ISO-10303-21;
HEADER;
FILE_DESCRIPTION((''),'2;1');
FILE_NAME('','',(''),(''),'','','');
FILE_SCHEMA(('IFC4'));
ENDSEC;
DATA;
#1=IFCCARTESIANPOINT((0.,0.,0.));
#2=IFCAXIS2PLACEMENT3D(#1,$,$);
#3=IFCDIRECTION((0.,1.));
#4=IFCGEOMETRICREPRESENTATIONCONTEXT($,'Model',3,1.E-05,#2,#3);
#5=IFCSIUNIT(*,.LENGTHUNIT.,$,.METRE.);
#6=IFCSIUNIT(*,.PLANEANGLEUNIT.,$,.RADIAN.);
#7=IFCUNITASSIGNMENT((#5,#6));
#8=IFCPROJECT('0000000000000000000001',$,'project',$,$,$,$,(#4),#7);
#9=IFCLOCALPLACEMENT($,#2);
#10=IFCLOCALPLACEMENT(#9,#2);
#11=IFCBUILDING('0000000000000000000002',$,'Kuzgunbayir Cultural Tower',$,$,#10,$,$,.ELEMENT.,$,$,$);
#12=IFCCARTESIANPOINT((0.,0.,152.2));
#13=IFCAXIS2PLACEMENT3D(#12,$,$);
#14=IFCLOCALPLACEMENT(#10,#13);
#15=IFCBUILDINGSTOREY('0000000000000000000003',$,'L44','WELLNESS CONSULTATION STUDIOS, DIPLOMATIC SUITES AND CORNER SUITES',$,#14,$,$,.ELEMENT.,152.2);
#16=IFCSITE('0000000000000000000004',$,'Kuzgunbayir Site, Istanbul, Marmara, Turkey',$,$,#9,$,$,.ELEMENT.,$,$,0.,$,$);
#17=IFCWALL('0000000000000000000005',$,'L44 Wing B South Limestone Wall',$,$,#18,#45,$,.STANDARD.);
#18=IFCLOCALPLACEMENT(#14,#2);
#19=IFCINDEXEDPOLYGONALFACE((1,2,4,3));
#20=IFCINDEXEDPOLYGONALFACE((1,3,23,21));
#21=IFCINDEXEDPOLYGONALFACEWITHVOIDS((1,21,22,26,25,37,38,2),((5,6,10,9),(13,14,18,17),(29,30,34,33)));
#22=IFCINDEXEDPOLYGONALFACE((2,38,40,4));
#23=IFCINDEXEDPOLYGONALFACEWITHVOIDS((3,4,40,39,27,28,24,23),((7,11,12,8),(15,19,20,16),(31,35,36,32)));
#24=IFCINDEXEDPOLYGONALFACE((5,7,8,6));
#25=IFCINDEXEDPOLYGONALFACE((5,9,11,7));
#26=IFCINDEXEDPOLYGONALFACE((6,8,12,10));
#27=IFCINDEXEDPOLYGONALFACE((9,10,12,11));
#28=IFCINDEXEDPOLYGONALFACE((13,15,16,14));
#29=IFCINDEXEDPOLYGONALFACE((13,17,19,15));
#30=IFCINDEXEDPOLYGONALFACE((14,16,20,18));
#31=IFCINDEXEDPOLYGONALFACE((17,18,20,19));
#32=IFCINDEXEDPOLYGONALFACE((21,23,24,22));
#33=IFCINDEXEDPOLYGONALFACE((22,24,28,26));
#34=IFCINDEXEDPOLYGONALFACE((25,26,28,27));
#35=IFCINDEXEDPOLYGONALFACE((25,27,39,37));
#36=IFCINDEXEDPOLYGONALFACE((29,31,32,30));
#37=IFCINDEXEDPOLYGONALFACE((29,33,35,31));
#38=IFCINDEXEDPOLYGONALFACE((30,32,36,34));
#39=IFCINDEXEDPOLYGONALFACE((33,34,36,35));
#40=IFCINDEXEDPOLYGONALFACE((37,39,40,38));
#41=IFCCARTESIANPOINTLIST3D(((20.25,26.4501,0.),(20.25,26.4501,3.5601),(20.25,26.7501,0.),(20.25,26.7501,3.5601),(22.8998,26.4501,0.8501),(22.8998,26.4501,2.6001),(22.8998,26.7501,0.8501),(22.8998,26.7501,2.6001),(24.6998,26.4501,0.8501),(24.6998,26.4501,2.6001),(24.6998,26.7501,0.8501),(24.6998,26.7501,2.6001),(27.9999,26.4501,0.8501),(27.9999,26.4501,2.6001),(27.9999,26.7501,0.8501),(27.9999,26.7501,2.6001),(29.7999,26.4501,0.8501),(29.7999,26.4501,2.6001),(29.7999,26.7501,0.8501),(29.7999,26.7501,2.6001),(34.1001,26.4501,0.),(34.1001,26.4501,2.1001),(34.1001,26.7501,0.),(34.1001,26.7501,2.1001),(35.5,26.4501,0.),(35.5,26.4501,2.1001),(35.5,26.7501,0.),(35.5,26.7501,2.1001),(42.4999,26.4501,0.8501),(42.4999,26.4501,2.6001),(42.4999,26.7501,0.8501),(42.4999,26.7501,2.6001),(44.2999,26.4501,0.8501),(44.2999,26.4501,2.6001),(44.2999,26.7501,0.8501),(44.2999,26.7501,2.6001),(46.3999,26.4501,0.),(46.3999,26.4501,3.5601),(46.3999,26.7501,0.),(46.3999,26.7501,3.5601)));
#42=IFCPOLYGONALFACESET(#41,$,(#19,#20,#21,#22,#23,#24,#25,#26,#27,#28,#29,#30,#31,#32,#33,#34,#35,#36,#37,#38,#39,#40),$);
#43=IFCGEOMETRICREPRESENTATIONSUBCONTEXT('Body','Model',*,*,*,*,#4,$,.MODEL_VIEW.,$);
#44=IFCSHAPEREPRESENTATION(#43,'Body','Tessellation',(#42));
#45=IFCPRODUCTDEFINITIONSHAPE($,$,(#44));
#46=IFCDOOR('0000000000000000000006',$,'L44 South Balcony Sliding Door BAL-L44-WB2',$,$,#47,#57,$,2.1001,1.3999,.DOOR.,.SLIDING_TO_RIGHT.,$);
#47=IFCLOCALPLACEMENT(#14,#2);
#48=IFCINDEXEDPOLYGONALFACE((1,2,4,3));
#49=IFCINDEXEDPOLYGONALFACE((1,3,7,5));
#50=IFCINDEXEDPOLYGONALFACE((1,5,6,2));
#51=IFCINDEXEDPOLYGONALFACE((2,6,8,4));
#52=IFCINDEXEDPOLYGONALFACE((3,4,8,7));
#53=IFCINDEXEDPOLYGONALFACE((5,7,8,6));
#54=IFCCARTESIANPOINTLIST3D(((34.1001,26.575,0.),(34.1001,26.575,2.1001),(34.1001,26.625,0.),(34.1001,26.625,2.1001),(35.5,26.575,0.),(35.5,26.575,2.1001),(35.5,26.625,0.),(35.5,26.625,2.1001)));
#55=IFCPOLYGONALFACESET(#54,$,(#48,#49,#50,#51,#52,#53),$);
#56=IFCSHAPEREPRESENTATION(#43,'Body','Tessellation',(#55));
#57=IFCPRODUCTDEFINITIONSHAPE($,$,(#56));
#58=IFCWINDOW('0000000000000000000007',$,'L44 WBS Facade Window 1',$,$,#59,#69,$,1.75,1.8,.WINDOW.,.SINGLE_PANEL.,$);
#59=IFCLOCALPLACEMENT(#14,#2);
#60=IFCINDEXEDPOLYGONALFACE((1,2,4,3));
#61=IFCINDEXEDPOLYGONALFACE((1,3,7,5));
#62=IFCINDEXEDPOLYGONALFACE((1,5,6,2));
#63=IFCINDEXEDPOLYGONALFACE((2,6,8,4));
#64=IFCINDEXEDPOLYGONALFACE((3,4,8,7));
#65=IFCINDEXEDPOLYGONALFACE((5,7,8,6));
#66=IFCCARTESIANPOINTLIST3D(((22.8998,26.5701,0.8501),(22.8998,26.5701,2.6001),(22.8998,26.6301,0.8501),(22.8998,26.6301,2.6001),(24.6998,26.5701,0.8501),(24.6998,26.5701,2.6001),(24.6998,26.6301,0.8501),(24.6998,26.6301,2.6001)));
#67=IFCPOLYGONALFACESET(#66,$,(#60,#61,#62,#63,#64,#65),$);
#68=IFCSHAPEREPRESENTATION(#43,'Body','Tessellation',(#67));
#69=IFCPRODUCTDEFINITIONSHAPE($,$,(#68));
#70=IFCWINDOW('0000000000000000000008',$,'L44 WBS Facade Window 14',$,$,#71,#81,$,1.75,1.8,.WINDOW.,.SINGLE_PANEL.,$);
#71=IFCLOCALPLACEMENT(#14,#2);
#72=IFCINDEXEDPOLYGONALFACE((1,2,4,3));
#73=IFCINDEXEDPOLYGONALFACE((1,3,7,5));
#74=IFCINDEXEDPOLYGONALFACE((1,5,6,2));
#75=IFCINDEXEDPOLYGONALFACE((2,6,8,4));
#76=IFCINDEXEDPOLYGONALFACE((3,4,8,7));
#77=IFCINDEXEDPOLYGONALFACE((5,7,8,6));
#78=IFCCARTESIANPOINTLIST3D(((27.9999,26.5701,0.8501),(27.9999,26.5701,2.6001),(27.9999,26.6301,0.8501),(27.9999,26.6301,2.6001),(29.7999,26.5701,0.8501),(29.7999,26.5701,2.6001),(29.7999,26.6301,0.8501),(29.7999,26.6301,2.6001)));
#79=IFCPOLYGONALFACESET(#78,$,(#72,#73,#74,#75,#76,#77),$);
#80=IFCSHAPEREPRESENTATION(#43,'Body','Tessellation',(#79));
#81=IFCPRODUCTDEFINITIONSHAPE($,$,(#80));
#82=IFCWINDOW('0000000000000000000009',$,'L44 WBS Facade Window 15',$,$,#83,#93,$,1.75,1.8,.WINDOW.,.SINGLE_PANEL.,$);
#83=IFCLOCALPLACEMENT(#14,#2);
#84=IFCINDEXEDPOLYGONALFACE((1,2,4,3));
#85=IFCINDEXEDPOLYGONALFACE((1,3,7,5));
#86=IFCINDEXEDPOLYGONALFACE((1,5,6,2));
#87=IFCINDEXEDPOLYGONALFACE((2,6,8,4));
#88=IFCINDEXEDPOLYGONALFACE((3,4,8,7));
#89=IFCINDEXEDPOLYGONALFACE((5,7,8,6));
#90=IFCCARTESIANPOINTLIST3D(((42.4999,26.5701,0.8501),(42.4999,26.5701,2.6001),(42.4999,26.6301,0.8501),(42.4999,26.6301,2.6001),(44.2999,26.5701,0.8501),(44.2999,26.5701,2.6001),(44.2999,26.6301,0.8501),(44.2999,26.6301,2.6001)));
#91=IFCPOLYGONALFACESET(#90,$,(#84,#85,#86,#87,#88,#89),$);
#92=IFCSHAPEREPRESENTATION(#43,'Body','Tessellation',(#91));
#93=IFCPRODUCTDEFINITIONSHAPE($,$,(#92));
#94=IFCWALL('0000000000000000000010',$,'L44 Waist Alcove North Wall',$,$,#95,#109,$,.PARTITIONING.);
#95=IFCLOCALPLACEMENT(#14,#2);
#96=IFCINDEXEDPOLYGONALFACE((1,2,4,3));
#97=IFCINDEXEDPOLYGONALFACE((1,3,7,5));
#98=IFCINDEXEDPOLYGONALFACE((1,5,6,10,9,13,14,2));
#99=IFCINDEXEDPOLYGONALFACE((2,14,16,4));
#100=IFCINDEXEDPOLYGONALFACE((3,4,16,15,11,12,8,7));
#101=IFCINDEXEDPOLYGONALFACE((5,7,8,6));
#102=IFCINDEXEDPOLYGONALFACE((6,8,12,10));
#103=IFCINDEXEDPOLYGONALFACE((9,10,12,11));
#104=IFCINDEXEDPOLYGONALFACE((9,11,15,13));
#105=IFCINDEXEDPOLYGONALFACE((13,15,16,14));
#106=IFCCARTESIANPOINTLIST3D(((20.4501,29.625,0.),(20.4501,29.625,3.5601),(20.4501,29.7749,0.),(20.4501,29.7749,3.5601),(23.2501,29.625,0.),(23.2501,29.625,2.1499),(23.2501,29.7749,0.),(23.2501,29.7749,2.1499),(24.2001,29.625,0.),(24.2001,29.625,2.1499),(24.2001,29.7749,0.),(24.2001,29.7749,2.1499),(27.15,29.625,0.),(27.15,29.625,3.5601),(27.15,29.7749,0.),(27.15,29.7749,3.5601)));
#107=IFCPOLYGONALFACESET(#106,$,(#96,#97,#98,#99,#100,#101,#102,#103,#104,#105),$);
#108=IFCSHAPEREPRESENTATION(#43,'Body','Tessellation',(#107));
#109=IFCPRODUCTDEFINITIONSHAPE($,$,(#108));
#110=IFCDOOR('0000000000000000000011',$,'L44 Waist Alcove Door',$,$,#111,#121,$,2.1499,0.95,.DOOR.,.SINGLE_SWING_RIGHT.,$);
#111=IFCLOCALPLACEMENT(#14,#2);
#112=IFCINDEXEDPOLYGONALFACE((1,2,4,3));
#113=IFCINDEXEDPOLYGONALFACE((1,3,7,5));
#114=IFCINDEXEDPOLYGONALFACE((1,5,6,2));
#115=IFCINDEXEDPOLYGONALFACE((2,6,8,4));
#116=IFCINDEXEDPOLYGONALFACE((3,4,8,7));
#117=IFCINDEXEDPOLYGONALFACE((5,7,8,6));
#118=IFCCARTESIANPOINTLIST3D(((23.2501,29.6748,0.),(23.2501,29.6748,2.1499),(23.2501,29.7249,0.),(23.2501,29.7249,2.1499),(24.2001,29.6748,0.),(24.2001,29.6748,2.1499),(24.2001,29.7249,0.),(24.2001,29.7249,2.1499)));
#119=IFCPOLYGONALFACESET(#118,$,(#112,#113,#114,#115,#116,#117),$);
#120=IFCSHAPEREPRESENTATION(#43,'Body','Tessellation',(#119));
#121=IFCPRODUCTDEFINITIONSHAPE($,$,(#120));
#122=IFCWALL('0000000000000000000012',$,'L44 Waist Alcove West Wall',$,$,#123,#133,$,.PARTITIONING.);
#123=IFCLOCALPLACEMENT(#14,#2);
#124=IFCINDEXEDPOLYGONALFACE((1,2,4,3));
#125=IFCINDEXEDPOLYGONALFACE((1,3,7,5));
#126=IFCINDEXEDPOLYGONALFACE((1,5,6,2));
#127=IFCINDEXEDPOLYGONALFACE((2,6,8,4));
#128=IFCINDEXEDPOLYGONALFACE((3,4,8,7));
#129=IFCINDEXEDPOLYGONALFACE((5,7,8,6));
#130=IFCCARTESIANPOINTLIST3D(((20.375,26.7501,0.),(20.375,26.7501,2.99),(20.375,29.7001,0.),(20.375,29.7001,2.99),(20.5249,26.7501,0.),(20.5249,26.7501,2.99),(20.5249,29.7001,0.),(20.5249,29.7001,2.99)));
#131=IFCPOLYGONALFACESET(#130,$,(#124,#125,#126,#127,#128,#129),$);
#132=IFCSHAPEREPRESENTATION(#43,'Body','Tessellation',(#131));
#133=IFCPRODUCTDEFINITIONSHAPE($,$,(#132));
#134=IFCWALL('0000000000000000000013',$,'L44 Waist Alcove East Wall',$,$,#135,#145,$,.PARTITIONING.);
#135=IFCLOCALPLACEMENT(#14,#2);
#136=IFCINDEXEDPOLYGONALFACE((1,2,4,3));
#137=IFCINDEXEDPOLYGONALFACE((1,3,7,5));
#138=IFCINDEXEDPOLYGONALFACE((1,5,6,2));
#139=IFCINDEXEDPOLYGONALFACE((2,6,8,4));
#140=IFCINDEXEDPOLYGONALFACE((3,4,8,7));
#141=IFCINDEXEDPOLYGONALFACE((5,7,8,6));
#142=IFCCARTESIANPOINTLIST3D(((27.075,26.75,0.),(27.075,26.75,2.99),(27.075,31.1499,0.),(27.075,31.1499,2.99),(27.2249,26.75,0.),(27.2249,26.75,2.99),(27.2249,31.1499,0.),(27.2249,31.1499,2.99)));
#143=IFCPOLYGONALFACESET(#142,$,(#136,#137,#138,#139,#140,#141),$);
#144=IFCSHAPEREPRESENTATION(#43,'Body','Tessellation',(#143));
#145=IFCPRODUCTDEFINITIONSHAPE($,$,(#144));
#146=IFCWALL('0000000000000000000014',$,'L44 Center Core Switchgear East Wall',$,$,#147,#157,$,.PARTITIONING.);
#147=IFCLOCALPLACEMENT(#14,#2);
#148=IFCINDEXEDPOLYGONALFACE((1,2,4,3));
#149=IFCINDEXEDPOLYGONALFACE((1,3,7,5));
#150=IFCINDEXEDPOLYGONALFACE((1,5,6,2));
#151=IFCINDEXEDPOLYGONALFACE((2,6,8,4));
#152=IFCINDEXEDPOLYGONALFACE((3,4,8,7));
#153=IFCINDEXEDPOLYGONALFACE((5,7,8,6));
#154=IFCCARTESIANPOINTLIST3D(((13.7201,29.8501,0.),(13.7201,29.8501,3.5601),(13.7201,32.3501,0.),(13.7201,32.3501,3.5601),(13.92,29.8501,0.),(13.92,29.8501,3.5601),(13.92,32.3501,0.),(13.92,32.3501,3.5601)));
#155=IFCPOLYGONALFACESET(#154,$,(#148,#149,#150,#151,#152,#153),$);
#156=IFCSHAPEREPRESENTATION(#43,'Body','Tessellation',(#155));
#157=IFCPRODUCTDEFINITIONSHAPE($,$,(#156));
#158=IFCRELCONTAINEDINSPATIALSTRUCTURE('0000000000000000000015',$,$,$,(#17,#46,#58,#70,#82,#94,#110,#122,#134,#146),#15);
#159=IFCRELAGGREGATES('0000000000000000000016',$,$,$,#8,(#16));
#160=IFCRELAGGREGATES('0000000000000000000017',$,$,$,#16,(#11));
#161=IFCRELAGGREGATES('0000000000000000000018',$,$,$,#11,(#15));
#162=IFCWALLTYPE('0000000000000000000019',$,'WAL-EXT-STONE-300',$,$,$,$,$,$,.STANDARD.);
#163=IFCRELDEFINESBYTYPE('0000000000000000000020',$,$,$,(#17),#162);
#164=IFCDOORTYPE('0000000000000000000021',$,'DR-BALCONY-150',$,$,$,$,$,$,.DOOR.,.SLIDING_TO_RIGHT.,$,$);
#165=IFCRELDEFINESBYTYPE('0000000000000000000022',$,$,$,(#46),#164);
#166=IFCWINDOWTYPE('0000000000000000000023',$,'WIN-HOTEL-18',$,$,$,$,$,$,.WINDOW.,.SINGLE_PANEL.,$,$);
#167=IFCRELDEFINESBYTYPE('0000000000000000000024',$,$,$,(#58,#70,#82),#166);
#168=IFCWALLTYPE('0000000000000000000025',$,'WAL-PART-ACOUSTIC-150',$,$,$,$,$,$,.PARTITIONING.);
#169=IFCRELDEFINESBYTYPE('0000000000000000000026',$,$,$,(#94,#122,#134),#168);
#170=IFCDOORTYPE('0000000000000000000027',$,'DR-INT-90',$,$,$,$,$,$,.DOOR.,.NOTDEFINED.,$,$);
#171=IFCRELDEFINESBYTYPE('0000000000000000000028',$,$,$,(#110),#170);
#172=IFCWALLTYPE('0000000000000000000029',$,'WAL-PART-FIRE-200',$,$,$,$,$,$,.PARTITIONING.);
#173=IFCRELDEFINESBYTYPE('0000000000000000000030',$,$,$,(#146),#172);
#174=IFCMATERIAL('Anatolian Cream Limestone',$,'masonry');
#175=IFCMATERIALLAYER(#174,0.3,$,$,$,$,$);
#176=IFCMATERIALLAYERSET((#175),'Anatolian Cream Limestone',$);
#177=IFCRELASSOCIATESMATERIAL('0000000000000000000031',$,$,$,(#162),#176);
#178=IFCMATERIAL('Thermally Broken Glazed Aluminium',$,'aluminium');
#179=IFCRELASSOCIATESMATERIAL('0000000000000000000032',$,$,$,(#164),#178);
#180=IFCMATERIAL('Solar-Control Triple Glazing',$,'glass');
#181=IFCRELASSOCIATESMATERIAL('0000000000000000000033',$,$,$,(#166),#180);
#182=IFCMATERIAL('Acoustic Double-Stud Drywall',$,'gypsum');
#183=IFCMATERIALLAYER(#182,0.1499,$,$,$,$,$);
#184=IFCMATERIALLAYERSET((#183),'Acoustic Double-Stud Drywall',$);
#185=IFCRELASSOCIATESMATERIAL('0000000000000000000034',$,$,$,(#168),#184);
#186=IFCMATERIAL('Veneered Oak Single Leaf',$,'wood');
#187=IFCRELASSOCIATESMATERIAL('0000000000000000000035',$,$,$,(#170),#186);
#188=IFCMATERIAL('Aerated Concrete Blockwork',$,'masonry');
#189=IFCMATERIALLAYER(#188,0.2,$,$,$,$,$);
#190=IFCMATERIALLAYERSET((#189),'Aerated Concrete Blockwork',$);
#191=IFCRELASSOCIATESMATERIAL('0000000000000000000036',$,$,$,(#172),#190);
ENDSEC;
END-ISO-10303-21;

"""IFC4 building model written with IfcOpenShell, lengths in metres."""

from ifc_helpers import new_model, si_unit, direction, frame, frame_2d, origin, place, context, subcontext, project, spatial, rectangle, extrude, material, layer, layer_set, type_object, element, fill, save


model = new_model("IFC4")

# Units and contexts
model_context = context("Model", 3, precision=1e-05, world=origin(), true_north=direction((0.0, 1.0)))
body_context = subcontext(model_context, "Body", "Model", "MODEL_VIEW")
ifc_project = project(units=[si_unit("LENGTHUNIT", "METRE"), si_unit("PLANEANGLEUNIT", "RADIAN")], contexts=[model_context])

# Site, building, storey
site_placement = place(None, origin())
site = spatial("IfcSite", under=ifc_project, at=site_placement, Name="Kuzgunbayir Site, Istanbul, Marmara, Turkey", CompositionType="ELEMENT", RefElevation=0.0)
building_placement = place(site_placement, origin())
building = spatial("IfcBuilding", under=site, at=building_placement, Name="Kuzgunbayir Cultural Tower", CompositionType="ELEMENT")
storey_placement = place(building_placement, frame((0.0, 0.0, 152.2)))
storey = spatial("IfcBuildingStorey", under=building, at=storey_placement, Name="L44", Description="WELLNESS CONSULTATION STUDIOS, DIPLOMATIC SUITES AND CORNER SUITES", CompositionType="ELEMENT", Elevation=152.2)

# Wall, openings, door, windows
ifc_material_1 = material(Name="Anatolian Cream Limestone", Category="masonry")
ifc_layer_1 = layer(ifc_material_1, 0.3)
ifc_layer_set_1 = layer_set([ifc_layer_1], Name="Anatolian Cream Limestone")
wall_type_1 = type_object("IfcWallType", Name="WAL-EXT-STONE-300", PredefinedType="STANDARD", material=ifc_layer_set_1)
wall_1_placement = place(storey_placement, frame((20.25, 26.6001, 0.0), z_axis=(0.0, 0.0, 1.0), x_axis=(1.0, 0.0, 0.0)))
wall_1 = element("IfcWall", 1, at=wall_1_placement, inside=storey, type_object=wall_type_1, Name="L44 Wing B South Limestone Wall", PredefinedType="STANDARD", context=body_context, shape_type="SweptSolid", body=[
    extrude(rectangle(XDim=26.1499, YDim=0.3, at=frame_2d((13.075, 0.0))), origin(), (0.0, 0.0, 1.0), 3.5601),
])
opening_1_placement = place(wall_1_placement, frame((13.8501, 0.0, 0.0)))
opening_1 = element("IfcOpeningElement", 2, at=opening_1_placement, cuts=wall_1, PredefinedType="OPENING", context=body_context, shape_type="SweptSolid", body=[
    extrude(rectangle(XDim=1.3999, YDim=2.1001, at=frame_2d((0.7, 1.05))), frame((0.0, 0.1602, 0.0), z_axis=(0.0, -1.0, 0.0), x_axis=(1.0, 0.0, 0.0)), (0.0, 0.0, 1.0), 0.3201),
])
opening_2_placement = place(wall_1_placement, frame((2.6499, 0.0, 0.8501)))
opening_2 = element("IfcOpeningElement", 3, at=opening_2_placement, cuts=wall_1, PredefinedType="OPENING", context=body_context, shape_type="SweptSolid", body=[
    extrude(rectangle(XDim=1.8, YDim=1.75, at=frame_2d((0.8999, 0.875))), frame((0.0, 0.1602, 0.0), z_axis=(0.0, -1.0, 0.0), x_axis=(1.0, 0.0, 0.0)), (0.0, 0.0, 1.0), 0.3201),
])
opening_3_placement = place(wall_1_placement, frame((7.75, 0.0, 0.8501)))
opening_3 = element("IfcOpeningElement", 4, at=opening_3_placement, cuts=wall_1, PredefinedType="OPENING", context=body_context, shape_type="SweptSolid", body=[
    extrude(rectangle(XDim=1.8, YDim=1.75, at=frame_2d((0.8999, 0.875))), frame((0.0, 0.1602, 0.0), z_axis=(0.0, -1.0, 0.0), x_axis=(1.0, 0.0, 0.0)), (0.0, 0.0, 1.0), 0.3201),
])
opening_4_placement = place(wall_1_placement, frame((22.25, 0.0, 0.8501)))
opening_4 = element("IfcOpeningElement", 5, at=opening_4_placement, cuts=wall_1, PredefinedType="OPENING", context=body_context, shape_type="SweptSolid", body=[
    extrude(rectangle(XDim=1.8, YDim=1.75, at=frame_2d((0.8999, 0.875))), frame((0.0, 0.1602, 0.0), z_axis=(0.0, -1.0, 0.0), x_axis=(1.0, 0.0, 0.0)), (0.0, 0.0, 1.0), 0.3201),
])
ifc_material_2 = material(Name="Thermally Broken Glazed Aluminium", Category="aluminium")
door_type_1 = type_object("IfcDoorType", Name="DR-BALCONY-150", OperationType="SLIDING_TO_RIGHT", PredefinedType="DOOR", material=ifc_material_2)
door_1_placement = place(opening_1_placement, origin())
door_1 = element("IfcDoor", 6, at=door_1_placement, inside=storey, type_object=door_type_1, Name="L44 South Balcony Sliding Door BAL-L44-WB2", OperationType="SLIDING_TO_RIGHT", OverallHeight=2.1001, OverallWidth=1.3999, PredefinedType="DOOR", context=body_context, shape_type="SweptSolid", body=[
    extrude(rectangle(XDim=1.3999, YDim=2.1001, at=frame_2d((0.7, 1.05))), frame((0.0, 0.0249, 0.0), z_axis=(0.0, -1.0, 0.0), x_axis=(1.0, 0.0, 0.0)), (0.0, 0.0, 1.0), 0.05),
])
fill(opening_1, door_1)
ifc_material_3 = material(Name="Solar-Control Triple Glazing", Category="glass")
window_type = type_object("IfcWindowType", Name="WIN-HOTEL-18", PartitioningType="SINGLE_PANEL", PredefinedType="WINDOW", material=ifc_material_3)
window_1_placement = place(opening_2_placement, origin())
window_1 = element("IfcWindow", 7, at=window_1_placement, inside=storey, type_object=window_type, Name="L44 WBS Facade Window 1", OverallHeight=1.75, OverallWidth=1.8, PartitioningType="SINGLE_PANEL", PredefinedType="WINDOW", context=body_context, shape_type="SweptSolid", body=[
    extrude(rectangle(XDim=1.8, YDim=1.75, at=frame_2d((0.8999, 0.875))), frame((0.0, 0.03, 0.0), z_axis=(0.0, -1.0, 0.0), x_axis=(1.0, 0.0, 0.0)), (0.0, 0.0, 1.0), 0.0601),
])
fill(opening_2, window_1)
window_2_placement = place(opening_3_placement, origin())
window_2 = element("IfcWindow", 8, at=window_2_placement, inside=storey, type_object=window_type, Name="L44 WBS Facade Window 14", OverallHeight=1.75, OverallWidth=1.8, PartitioningType="SINGLE_PANEL", PredefinedType="WINDOW", context=body_context, shape_type="SweptSolid", body=[
    extrude(rectangle(XDim=1.8, YDim=1.75, at=frame_2d((0.8999, 0.875))), frame((0.0, 0.03, 0.0), z_axis=(0.0, -1.0, 0.0), x_axis=(1.0, 0.0, 0.0)), (0.0, 0.0, 1.0), 0.0601),
])
fill(opening_3, window_2)
window_3_placement = place(opening_4_placement, origin())
window_3 = element("IfcWindow", 9, at=window_3_placement, inside=storey, type_object=window_type, Name="L44 WBS Facade Window 15", OverallHeight=1.75, OverallWidth=1.8, PartitioningType="SINGLE_PANEL", PredefinedType="WINDOW", context=body_context, shape_type="SweptSolid", body=[
    extrude(rectangle(XDim=1.8, YDim=1.75, at=frame_2d((0.8999, 0.875))), frame((0.0, 0.03, 0.0), z_axis=(0.0, -1.0, 0.0), x_axis=(1.0, 0.0, 0.0)), (0.0, 0.0, 1.0), 0.0601),
])
fill(opening_4, window_3)

# Wall, opening, door
ifc_material_4 = material(Name="Acoustic Double-Stud Drywall", Category="gypsum")
ifc_layer_2 = layer(ifc_material_4, 0.1499)
ifc_layer_set_2 = layer_set([ifc_layer_2], Name="Acoustic Double-Stud Drywall")
wall_type_2 = type_object("IfcWallType", Name="WAL-PART-ACOUSTIC-150", PredefinedType="PARTITIONING", material=ifc_layer_set_2)
wall_2_placement = place(storey_placement, frame((20.45, 29.7, 0.0), z_axis=(0.0, 0.0, 1.0), x_axis=(1.0, 0.0, 0.0)))
wall_2 = element("IfcWall", 10, at=wall_2_placement, inside=storey, type_object=wall_type_2, Name="L44 Waist Alcove North Wall", PredefinedType="PARTITIONING", context=body_context, shape_type="SweptSolid", body=[
    extrude(rectangle(XDim=6.7, YDim=0.1499, at=frame_2d((3.3501, 0.0))), origin(), (0.0, 0.0, 1.0), 3.5601),
])
opening_5_placement = place(wall_2_placement, frame((2.8, 0.0, 0.0)))
opening_5 = element("IfcOpeningElement", 11, at=opening_5_placement, cuts=wall_2, PredefinedType="OPENING", context=body_context, shape_type="SweptSolid", body=[
    extrude(rectangle(XDim=0.95, YDim=2.1499, at=frame_2d((0.4751, 1.075))), frame((0.0, 0.085, 0.0), z_axis=(0.0, -1.0, 0.0), x_axis=(1.0, 0.0, 0.0)), (0.0, 0.0, 1.0), 0.1699),
])
ifc_material_5 = material(Name="Veneered Oak Single Leaf", Category="wood")
door_type_2 = type_object("IfcDoorType", Name="DR-INT-90", OperationType="NOTDEFINED", PredefinedType="DOOR", material=ifc_material_5)
door_2_placement = place(opening_5_placement, origin())
door_2 = element("IfcDoor", 12, at=door_2_placement, inside=storey, type_object=door_type_2, Name="L44 Waist Alcove Door", OperationType="SINGLE_SWING_RIGHT", OverallHeight=2.1499, OverallWidth=0.95, PredefinedType="DOOR", context=body_context, shape_type="SweptSolid", body=[
    extrude(rectangle(XDim=0.95, YDim=2.1499, at=frame_2d((0.4751, 1.075))), frame((0.0, 0.0249, 0.0), z_axis=(0.0, -1.0, 0.0), x_axis=(1.0, 0.0, 0.0)), (0.0, 0.0, 1.0), 0.05),
])
fill(opening_5, door_2)

# Walls
wall_3_placement = place(storey_placement, frame((20.45, 26.75, 0.0), z_axis=(0.0, 0.0, 1.0), x_axis=(0.0, 1.0, 0.0)))
element("IfcWall", 13, at=wall_3_placement, inside=storey, type_object=wall_type_2, Name="L44 Waist Alcove West Wall", PredefinedType="PARTITIONING", context=body_context, shape_type="SweptSolid", body=[
    extrude(rectangle(XDim=2.95, YDim=0.1499, at=frame_2d((1.4751, 0.0))), origin(), (0.0, 0.0, 1.0), 2.99),
])
wall_4_placement = place(storey_placement, frame((27.1499, 26.75, 0.0), z_axis=(0.0, 0.0, 1.0), x_axis=(0.0, 1.0, 0.0)))
element("IfcWall", 14, at=wall_4_placement, inside=storey, type_object=wall_type_2, Name="L44 Waist Alcove East Wall", PredefinedType="PARTITIONING", context=body_context, shape_type="SweptSolid", body=[
    extrude(rectangle(XDim=4.3999, YDim=0.1499, at=frame_2d((2.2, 0.0))), origin(), (0.0, 0.0, 1.0), 2.99),
])
ifc_material_6 = material(Name="Aerated Concrete Blockwork", Category="masonry")
ifc_layer_3 = layer(ifc_material_6, 0.2)
ifc_layer_set_3 = layer_set([ifc_layer_3], Name="Aerated Concrete Blockwork")
wall_type_3 = type_object("IfcWallType", Name="WAL-PART-FIRE-200", PredefinedType="PARTITIONING", material=ifc_layer_set_3)
wall_5_placement = place(storey_placement, frame((13.8201, 29.8501, 0.0), z_axis=(0.0, 0.0, 1.0), x_axis=(0.0, 1.0, 0.0)))
element("IfcWall", 15, at=wall_5_placement, inside=storey, type_object=wall_type_3, Name="L44 Center Core Switchgear East Wall", PredefinedType="PARTITIONING", context=body_context, shape_type="SweptSolid", body=[
    extrude(rectangle(XDim=2.5, YDim=0.2, at=frame_2d((1.25, 0.0))), origin(), (0.0, 0.0, 1.0), 3.5601),
])

save(model, "model.ifc")
